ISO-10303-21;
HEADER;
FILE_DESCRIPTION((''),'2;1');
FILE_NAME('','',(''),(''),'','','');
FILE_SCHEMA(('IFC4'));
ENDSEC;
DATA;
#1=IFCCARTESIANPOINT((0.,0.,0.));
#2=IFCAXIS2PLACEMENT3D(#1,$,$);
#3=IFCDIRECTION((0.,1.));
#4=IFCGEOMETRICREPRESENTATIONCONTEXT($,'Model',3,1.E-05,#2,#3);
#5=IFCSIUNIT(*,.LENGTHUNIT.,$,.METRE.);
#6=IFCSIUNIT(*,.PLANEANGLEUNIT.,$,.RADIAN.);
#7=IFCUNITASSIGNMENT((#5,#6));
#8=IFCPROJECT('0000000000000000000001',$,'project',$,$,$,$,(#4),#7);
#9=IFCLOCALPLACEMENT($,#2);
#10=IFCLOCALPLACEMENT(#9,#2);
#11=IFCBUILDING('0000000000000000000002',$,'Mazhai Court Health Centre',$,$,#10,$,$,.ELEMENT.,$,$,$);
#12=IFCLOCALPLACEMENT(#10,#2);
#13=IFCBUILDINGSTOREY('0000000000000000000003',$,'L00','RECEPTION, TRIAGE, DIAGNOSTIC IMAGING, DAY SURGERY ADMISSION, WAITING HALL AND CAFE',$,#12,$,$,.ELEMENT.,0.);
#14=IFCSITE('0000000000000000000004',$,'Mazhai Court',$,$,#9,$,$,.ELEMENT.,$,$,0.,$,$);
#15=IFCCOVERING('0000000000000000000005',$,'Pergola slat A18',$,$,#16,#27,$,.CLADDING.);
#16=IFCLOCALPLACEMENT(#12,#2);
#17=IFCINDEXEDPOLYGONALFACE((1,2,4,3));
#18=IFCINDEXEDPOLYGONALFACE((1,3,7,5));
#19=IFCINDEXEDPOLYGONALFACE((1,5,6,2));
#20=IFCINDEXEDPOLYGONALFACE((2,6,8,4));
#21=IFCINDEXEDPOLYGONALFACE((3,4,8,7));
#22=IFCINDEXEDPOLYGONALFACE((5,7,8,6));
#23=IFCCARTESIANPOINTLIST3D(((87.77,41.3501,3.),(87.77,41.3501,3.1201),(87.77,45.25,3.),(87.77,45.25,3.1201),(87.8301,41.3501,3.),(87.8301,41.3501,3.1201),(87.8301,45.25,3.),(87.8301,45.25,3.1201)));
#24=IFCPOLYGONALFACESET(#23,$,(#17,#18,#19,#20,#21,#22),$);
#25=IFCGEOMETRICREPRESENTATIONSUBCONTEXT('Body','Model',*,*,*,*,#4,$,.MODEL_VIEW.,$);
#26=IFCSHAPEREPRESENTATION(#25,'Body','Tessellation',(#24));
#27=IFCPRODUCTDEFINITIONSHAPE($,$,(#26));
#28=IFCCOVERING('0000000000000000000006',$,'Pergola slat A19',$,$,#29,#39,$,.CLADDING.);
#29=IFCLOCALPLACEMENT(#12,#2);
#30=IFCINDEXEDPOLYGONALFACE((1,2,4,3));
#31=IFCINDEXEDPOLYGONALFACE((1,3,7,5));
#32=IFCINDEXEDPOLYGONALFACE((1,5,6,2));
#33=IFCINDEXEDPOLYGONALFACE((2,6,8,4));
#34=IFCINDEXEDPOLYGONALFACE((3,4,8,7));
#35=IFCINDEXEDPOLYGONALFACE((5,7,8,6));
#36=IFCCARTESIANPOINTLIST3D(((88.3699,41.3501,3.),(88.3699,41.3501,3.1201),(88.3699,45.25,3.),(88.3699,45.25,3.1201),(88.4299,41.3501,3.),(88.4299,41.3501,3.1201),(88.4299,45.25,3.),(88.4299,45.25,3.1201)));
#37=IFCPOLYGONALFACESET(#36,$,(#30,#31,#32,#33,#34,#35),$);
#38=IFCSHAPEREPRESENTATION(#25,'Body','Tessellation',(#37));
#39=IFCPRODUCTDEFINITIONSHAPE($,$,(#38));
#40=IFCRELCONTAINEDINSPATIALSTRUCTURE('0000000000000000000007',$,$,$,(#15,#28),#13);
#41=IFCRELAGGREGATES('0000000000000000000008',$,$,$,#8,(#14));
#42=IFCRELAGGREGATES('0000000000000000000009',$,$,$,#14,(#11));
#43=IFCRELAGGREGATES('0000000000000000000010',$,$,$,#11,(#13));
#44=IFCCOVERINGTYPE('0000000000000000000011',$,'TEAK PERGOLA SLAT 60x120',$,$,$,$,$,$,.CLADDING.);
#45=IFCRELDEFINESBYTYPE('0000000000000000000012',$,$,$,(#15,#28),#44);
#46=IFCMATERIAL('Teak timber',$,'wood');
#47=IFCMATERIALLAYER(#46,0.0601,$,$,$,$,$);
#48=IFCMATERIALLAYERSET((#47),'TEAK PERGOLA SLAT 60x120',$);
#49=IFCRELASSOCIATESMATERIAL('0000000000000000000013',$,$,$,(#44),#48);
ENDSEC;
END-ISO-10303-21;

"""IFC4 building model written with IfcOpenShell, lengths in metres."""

from ifc_helpers import new_model, si_unit, direction, frame, origin, origin_2d, place, context, subcontext, project, spatial, rectangle, extrude, material, layer, layer_set, type_object, element, save


model = new_model("IFC4")

# Units and contexts
model_context = context("Model", 3, precision=1e-05, world=origin(), true_north=direction((0.0, 1.0)))
body_context = subcontext(model_context, "Body", "Model", "MODEL_VIEW")
ifc_project = project(units=[si_unit("LENGTHUNIT", "METRE"), si_unit("PLANEANGLEUNIT", "RADIAN")], contexts=[model_context])

# Site, building, storey
site_placement = place(None, origin())
site = spatial("IfcSite", under=ifc_project, at=site_placement, Name="Mazhai Court", CompositionType="ELEMENT", RefElevation=0.0)
building_placement = place(site_placement, origin())
building = spatial("IfcBuilding", under=site, at=building_placement, Name="Mazhai Court Health Centre", CompositionType="ELEMENT")
storey_placement = place(building_placement, origin())
storey = spatial("IfcBuildingStorey", under=building, at=storey_placement, Name="L00", Description="RECEPTION, TRIAGE, DIAGNOSTIC IMAGING, DAY SURGERY ADMISSION, WAITING HALL AND CAFE", CompositionType="ELEMENT", Elevation=0.0)

# Coverings
ifc_material_1 = material(Name="Teak timber", Category="wood")
ifc_layer_1 = layer(ifc_material_1, 0.0601)
ifc_layer_set_1 = layer_set([ifc_layer_1], Name="TEAK PERGOLA SLAT 60x120")
covering_type = type_object("IfcCoveringType", Name="TEAK PERGOLA SLAT 60x120", PredefinedType="CLADDING", material=ifc_layer_set_1)
for number, where, z_axis, x_axis, name in (
    (1, (87.8, 43.3, 3.0), (0.0, 0.0, 1.0), (1.0, 0.0, 0.0), "Pergola slat A18"),
    (2, (88.3999, 43.3, 3.0), (0.0, 0.0, 1.0), (1.0, 0.0, 0.0), "Pergola slat A19"),
):
    element("IfcCovering", number, at=place(storey_placement, frame(where, z_axis=z_axis, x_axis=x_axis)), inside=storey, type_object=covering_type, Name=name, PredefinedType="CLADDING", context=body_context, shape_type="SweptSolid", body=[
        extrude(rectangle(XDim=0.0601, YDim=3.8999, at=origin_2d()), origin(), (0.0, 0.0, 1.0), 0.1201),
    ])

save(model, "model.ifc")
